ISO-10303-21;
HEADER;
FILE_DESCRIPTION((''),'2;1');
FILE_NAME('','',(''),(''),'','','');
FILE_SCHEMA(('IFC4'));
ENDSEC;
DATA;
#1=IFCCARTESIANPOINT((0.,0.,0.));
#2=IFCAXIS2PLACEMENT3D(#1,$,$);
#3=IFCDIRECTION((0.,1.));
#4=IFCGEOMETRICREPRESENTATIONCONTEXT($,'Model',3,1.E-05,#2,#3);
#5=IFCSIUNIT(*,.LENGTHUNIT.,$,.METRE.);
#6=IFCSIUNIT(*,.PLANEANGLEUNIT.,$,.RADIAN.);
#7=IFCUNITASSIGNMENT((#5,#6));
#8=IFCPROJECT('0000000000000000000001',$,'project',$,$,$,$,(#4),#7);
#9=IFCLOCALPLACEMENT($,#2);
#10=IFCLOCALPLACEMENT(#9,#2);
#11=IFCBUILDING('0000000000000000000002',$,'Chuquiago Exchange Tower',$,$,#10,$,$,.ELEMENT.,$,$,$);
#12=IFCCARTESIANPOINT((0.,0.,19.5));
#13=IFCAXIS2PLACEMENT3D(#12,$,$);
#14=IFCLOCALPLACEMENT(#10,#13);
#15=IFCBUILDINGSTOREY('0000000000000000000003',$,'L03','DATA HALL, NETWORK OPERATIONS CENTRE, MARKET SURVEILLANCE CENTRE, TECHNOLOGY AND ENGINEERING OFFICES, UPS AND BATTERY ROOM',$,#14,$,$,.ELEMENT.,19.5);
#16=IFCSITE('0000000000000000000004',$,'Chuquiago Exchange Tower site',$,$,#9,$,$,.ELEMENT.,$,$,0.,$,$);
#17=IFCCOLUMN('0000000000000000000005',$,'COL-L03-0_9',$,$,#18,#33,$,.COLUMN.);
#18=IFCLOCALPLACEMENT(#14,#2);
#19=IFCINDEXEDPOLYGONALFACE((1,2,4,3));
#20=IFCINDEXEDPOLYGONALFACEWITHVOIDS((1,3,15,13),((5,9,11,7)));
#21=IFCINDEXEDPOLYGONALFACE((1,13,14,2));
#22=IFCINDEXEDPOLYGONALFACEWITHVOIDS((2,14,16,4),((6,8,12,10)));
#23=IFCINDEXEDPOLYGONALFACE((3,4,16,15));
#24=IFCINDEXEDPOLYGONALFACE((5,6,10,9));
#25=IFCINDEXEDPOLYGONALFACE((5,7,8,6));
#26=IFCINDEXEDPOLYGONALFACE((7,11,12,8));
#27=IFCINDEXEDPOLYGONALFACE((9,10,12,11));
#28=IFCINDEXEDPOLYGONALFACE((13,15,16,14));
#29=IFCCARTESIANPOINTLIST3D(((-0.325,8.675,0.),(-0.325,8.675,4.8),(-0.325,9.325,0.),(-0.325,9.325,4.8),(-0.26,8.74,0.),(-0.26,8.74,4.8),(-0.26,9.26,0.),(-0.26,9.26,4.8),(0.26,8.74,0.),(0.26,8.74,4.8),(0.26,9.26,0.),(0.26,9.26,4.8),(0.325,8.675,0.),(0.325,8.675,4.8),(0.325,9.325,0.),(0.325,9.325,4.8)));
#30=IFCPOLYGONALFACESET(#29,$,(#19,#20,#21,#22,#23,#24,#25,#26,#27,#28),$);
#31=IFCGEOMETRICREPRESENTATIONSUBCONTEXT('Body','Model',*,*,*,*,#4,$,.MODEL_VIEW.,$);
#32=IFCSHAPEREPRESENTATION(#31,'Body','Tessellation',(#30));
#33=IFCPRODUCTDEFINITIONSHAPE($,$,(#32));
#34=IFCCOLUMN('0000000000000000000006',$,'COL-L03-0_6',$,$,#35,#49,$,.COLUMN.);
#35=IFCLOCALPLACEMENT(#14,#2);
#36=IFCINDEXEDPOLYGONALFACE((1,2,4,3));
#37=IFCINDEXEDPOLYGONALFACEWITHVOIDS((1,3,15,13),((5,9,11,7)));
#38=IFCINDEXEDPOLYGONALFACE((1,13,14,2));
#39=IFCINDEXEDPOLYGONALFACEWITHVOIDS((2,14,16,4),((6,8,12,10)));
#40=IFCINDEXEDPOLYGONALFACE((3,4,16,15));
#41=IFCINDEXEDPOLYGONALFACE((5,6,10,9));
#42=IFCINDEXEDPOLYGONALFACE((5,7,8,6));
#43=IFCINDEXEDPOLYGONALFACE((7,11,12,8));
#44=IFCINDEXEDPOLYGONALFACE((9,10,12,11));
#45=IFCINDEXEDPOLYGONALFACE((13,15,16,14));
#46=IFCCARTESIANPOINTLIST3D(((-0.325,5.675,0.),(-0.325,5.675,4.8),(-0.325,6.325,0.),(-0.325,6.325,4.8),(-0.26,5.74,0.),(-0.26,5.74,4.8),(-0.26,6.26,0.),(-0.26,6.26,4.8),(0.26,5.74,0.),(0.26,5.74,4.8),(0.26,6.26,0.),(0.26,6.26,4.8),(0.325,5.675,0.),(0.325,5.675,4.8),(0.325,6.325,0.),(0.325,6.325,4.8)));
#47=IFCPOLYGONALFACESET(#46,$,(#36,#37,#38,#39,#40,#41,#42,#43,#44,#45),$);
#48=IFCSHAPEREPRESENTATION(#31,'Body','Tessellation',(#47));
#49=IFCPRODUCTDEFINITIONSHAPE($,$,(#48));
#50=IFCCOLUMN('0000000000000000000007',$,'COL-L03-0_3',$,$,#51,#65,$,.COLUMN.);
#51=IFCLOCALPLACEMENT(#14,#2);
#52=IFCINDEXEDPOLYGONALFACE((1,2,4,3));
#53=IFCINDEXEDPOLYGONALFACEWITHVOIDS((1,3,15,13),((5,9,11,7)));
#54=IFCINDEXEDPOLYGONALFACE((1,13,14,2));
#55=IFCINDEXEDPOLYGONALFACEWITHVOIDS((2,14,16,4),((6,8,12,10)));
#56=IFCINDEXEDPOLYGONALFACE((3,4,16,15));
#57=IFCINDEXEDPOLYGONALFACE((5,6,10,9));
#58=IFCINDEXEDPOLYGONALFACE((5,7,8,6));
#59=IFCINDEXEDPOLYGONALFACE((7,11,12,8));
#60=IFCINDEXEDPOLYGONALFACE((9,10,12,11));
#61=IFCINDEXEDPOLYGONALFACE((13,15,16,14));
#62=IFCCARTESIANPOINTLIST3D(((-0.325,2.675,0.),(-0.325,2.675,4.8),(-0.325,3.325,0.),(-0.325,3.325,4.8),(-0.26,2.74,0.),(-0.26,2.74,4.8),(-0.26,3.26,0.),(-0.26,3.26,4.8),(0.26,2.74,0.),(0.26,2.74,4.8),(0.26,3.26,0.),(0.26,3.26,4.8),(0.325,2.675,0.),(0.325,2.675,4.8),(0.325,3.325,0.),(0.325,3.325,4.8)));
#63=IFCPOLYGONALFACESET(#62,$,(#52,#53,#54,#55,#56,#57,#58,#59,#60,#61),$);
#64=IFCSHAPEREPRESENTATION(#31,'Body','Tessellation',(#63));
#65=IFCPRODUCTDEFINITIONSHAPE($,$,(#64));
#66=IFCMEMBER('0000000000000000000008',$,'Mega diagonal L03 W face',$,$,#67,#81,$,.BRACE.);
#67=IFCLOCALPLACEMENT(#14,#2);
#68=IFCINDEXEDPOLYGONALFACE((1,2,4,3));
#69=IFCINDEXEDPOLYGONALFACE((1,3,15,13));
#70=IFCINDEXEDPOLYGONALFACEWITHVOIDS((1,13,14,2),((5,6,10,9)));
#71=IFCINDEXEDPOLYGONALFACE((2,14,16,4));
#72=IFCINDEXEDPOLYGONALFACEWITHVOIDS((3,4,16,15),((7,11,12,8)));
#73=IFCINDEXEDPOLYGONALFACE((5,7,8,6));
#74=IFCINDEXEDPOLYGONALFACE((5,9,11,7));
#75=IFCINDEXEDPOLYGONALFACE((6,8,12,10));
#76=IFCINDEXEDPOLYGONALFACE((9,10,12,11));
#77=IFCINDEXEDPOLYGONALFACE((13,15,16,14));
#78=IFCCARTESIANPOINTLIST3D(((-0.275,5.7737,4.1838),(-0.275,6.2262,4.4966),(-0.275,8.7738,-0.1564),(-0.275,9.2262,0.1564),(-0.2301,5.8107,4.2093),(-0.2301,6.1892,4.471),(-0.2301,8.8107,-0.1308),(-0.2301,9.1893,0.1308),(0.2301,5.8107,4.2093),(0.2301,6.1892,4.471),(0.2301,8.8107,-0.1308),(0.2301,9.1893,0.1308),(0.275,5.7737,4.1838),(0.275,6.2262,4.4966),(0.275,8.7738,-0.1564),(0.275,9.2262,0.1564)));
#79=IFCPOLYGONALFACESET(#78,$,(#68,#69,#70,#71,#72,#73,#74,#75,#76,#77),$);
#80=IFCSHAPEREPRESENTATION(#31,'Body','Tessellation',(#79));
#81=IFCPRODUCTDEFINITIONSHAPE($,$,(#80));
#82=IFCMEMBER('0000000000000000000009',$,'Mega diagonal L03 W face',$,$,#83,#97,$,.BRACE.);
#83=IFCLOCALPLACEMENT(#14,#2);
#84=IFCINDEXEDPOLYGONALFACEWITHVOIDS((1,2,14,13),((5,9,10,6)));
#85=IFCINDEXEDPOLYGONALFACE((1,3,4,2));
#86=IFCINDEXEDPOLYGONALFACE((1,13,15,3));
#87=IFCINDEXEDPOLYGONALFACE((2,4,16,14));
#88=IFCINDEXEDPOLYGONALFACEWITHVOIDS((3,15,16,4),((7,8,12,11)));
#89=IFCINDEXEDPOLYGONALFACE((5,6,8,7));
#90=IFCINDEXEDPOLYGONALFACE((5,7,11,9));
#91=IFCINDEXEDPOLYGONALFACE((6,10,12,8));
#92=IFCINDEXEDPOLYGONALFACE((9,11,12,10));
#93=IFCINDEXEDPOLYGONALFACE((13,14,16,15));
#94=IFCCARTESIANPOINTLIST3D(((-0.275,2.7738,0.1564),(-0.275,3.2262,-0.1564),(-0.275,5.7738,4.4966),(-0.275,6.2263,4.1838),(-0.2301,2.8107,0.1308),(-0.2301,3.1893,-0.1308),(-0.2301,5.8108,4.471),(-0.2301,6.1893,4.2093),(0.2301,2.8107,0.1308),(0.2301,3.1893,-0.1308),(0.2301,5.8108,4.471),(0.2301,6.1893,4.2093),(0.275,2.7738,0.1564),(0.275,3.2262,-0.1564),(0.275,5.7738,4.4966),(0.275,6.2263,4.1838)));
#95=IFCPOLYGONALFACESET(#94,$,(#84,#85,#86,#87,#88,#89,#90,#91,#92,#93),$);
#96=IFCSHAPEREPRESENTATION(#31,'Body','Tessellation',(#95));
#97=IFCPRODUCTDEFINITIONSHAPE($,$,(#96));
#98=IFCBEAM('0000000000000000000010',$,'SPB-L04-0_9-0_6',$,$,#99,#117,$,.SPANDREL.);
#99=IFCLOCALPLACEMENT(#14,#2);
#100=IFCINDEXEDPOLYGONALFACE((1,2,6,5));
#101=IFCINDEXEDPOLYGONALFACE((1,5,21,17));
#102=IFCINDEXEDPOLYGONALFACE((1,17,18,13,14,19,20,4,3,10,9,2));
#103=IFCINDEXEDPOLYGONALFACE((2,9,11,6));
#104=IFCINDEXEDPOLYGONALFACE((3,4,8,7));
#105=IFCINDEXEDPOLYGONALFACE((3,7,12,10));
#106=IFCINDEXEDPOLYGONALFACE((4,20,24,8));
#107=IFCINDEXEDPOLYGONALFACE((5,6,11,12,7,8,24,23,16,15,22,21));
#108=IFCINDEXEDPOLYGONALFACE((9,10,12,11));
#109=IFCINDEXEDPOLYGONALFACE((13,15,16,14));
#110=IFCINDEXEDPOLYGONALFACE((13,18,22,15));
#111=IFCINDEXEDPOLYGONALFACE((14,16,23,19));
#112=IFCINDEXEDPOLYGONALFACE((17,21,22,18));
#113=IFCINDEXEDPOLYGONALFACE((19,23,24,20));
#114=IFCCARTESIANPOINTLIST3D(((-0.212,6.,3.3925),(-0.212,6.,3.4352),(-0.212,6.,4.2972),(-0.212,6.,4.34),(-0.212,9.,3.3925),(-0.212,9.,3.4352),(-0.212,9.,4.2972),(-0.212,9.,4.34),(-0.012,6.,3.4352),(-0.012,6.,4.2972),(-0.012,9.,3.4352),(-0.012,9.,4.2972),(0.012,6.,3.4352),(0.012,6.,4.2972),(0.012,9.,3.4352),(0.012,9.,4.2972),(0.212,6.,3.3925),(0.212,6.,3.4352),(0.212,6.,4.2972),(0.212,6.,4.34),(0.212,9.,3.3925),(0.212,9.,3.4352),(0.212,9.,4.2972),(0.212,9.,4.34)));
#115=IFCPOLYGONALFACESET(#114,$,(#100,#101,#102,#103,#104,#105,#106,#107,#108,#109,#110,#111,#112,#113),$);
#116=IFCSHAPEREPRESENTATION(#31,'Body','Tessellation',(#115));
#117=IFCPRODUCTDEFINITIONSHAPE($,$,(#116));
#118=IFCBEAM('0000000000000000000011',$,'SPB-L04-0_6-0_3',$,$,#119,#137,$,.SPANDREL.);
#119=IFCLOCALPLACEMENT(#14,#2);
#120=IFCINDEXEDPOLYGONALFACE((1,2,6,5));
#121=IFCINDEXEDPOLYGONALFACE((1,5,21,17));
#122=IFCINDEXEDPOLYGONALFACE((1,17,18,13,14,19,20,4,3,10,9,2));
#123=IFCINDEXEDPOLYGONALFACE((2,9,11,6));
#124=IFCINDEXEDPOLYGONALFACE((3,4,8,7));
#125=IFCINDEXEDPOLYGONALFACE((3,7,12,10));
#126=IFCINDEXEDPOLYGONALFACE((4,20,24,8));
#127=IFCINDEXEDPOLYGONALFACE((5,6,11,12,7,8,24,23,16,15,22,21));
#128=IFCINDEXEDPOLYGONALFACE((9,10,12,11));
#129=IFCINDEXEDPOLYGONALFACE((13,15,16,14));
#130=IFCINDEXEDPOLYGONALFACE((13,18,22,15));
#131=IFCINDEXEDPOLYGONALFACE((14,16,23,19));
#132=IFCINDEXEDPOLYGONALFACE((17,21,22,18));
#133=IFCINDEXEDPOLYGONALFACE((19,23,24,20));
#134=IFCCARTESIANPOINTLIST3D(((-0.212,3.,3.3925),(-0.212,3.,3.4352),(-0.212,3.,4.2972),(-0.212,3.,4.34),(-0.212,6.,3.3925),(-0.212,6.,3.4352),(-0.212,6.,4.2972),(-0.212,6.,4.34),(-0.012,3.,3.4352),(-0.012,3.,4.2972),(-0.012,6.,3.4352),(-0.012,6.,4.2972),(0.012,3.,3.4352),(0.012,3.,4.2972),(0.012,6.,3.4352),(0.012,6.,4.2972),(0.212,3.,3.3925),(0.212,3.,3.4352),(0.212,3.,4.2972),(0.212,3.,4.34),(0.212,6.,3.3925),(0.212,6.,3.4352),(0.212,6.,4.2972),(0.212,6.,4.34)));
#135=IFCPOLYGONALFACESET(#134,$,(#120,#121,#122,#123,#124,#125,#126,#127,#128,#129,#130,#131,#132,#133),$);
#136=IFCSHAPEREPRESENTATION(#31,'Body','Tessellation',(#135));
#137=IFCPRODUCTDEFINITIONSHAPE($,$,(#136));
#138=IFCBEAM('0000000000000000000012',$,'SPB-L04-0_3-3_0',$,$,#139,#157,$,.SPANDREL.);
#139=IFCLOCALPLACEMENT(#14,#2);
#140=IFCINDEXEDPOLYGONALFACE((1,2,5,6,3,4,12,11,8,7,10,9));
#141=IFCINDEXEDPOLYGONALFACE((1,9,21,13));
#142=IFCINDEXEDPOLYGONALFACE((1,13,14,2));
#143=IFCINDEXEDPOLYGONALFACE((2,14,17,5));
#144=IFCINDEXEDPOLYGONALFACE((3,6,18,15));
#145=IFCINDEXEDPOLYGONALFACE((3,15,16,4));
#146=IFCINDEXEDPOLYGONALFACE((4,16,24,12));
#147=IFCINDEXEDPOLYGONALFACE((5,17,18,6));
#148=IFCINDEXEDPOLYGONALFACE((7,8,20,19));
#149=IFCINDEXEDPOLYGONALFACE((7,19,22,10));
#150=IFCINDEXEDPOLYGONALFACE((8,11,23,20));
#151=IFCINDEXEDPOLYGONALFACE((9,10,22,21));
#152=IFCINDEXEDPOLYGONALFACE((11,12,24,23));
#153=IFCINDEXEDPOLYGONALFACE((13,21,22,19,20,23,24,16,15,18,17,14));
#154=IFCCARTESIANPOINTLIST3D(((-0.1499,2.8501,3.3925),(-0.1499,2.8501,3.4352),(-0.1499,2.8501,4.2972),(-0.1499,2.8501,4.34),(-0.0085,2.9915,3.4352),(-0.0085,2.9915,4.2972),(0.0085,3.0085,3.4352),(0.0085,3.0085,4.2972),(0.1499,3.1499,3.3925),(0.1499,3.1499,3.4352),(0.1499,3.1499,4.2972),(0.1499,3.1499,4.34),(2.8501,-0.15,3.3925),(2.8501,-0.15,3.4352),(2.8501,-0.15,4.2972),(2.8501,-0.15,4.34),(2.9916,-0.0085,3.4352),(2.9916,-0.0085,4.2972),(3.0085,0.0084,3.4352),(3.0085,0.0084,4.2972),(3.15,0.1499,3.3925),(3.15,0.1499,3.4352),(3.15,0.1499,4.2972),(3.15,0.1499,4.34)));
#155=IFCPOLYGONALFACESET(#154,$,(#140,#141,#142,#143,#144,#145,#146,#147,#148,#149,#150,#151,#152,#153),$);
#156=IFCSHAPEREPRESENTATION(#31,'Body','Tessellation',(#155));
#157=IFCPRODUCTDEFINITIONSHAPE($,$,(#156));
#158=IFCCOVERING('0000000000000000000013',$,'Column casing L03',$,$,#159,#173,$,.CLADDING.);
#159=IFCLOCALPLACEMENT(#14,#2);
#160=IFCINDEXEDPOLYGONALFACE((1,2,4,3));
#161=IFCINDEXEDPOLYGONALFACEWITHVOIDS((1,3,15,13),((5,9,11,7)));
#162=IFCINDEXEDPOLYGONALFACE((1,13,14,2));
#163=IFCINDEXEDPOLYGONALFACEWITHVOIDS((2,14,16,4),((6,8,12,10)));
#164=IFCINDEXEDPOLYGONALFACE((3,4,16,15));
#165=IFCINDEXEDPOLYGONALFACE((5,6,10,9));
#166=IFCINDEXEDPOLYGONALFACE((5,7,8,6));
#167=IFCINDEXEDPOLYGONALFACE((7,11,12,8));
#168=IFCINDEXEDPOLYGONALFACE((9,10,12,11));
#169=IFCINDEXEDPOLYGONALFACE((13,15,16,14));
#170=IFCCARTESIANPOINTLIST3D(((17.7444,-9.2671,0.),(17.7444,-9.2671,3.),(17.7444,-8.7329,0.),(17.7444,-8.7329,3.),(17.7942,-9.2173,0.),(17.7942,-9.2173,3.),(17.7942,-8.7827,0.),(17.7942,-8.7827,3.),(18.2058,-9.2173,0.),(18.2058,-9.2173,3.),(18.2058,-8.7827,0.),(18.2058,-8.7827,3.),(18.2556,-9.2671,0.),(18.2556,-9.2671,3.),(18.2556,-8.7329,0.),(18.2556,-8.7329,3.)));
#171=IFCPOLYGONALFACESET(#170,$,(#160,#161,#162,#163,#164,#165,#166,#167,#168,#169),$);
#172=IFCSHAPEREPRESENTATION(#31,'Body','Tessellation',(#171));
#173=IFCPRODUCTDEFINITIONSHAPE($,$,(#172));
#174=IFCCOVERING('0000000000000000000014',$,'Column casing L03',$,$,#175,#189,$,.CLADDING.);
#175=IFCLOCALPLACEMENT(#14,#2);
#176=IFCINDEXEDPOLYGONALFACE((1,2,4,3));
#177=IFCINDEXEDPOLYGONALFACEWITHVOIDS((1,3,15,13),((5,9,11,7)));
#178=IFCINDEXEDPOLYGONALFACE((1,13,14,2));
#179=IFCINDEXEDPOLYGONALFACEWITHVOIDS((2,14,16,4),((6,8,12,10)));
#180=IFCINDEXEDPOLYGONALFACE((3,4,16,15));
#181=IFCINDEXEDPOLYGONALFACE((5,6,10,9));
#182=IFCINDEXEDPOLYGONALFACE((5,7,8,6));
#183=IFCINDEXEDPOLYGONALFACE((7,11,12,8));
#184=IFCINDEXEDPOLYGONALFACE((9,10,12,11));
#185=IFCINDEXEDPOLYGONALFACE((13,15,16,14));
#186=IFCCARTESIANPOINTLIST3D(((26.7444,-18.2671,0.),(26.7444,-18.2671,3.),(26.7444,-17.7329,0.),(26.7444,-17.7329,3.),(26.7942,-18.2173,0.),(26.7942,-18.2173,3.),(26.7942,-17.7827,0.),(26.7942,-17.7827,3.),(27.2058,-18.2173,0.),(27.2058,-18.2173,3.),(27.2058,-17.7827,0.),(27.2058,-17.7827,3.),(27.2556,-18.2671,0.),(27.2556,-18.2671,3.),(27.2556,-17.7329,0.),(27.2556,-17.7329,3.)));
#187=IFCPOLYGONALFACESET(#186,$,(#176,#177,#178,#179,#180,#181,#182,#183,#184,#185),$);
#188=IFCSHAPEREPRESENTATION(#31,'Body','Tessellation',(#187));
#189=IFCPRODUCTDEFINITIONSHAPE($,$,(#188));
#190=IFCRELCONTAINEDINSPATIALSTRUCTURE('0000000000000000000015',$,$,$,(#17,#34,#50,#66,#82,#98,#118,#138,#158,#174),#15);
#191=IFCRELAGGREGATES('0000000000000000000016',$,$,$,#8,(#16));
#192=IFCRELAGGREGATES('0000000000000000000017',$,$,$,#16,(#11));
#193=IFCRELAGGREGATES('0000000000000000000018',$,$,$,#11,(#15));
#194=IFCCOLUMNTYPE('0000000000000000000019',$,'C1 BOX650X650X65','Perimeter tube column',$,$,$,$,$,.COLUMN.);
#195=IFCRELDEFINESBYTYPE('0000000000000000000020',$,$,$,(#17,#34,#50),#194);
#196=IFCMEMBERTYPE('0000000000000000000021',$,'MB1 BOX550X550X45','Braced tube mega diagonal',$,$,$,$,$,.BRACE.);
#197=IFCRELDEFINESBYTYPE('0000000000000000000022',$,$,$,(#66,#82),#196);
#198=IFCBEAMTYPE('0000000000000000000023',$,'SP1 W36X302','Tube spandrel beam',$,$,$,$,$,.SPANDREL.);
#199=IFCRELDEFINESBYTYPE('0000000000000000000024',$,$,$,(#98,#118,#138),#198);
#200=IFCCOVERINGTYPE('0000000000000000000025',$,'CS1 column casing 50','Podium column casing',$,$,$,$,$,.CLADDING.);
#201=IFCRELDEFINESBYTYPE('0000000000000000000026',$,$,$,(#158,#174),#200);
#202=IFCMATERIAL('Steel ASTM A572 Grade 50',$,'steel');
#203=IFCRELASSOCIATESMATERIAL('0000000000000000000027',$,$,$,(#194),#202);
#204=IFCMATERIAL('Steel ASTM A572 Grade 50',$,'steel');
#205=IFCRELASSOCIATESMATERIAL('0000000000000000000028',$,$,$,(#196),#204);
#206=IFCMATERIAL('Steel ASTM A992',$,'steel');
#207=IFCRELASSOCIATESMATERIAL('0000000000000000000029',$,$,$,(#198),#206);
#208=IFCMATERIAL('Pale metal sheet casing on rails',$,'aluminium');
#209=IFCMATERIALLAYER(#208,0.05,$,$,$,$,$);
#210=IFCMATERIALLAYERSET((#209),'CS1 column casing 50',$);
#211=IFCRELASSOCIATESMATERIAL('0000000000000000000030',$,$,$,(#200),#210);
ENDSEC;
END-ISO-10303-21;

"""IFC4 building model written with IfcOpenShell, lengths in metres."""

from ifc_helpers import new_model, si_unit, direction, frame, origin, origin_2d, place, context, subcontext, project, spatial, polyline, hollow_rectangle, i_section, outline, extrude, material, layer, layer_set, material_profile, profile_set, type_object, element, save


model = new_model("IFC4")

# Units and contexts
model_context = context("Model", 3, precision=1e-05, world=origin(), true_north=direction((0.0, 1.0)))
body_context = subcontext(model_context, "Body", "Model", "MODEL_VIEW")
ifc_project = project(units=[si_unit("LENGTHUNIT", "METRE"), si_unit("PLANEANGLEUNIT", "RADIAN")], contexts=[model_context])

# Site, building, storey
site_placement = place(None, origin())
site = spatial("IfcSite", under=ifc_project, at=site_placement, Name="Chuquiago Exchange Tower site", CompositionType="ELEMENT", RefElevation=0.0)
building_placement = place(site_placement, origin())
building = spatial("IfcBuilding", under=site, at=building_placement, Name="Chuquiago Exchange Tower", CompositionType="ELEMENT")
storey_placement = place(building_placement, frame((0.0, 0.0, 19.5)))
storey = spatial("IfcBuildingStorey", under=building, at=storey_placement, Name="L03", Description="DATA HALL, NETWORK OPERATIONS CENTRE, MARKET SURVEILLANCE CENTRE, TECHNOLOGY AND ENGINEERING OFFICES, UPS AND BATTERY ROOM", CompositionType="ELEMENT", Elevation=19.5)

# Columns
ifc_material_1 = material(Name="Steel ASTM A572 Grade 50", Category="steel")
ifc_material_profile_1 = material_profile(ifc_material_1, hollow_rectangle(XDim=0.6499, YDim=0.6499, WallThickness=0.0649, at=origin_2d()), Name="BOX650X650X65")
ifc_profile_set_1 = profile_set([ifc_material_profile_1], Name="Steel ASTM A572 Grade 50")
column_type = type_object("IfcColumnType", Name="C1 BOX650X650X65", Description="Perimeter tube column", PredefinedType="COLUMN", material=ifc_profile_set_1)
for number, where, z_axis, x_axis, name in (
    (1, (0.0, 9.0, 0.0), (0.0, 0.0, 1.0), (-1.0, 0.0, 0.0), "COL-L03-0_9"),
    (2, (0.0, 6.0, 0.0), (0.0, 0.0, 1.0), (-1.0, 0.0, 0.0), "COL-L03-0_6"),
    (3, (0.0, 3.0, 0.0), (0.0, 0.0, 1.0), (-1.0, 0.0, 0.0), "COL-L03-0_3"),
):
    element("IfcColumn", number, at=place(storey_placement, frame(where, z_axis=z_axis, x_axis=x_axis)), inside=storey, type_object=column_type, Name=name, PredefinedType="COLUMN", context=body_context, shape_type="SweptSolid", body=[
        extrude(hollow_rectangle(XDim=0.6499, YDim=0.6499, WallThickness=0.0649, at=origin_2d()), origin(), (0.0, 0.0, 1.0), 4.8),
    ])

# Members
ifc_material_2 = material(Name="Steel ASTM A572 Grade 50", Category="steel")
ifc_material_profile_2 = material_profile(ifc_material_2, hollow_rectangle(XDim=0.55, YDim=0.55, WallThickness=0.0449, at=origin_2d()), Name="BOX550X550X45")
ifc_profile_set_2 = profile_set([ifc_material_profile_2], Name="Steel ASTM A572 Grade 50")
member_type = type_object("IfcMemberType", Name="MB1 BOX550X550X45", Description="Braced tube mega diagonal", PredefinedType="BRACE", material=ifc_profile_set_2)
for number, where, z_axis, x_axis, name in (
    (4, (0.0, 9.0, 0.0), (0.0, -0.568611, 0.822607), (1.0, 0.0, 0.0), "Mega diagonal L03 W face"),
    (5, (0.0, 3.0, 0.0), (0.0, 0.568611, 0.822607), (-1.0, 0.0, 0.0), "Mega diagonal L03 W face"),
):
    element("IfcMember", number, at=place(storey_placement, frame(where, z_axis=z_axis, x_axis=x_axis)), inside=storey, type_object=member_type, Name=name, PredefinedType="BRACE", context=body_context, shape_type="SweptSolid", body=[
        extrude(hollow_rectangle(XDim=0.55, YDim=0.55, WallThickness=0.0449, at=origin_2d()), origin(), (0.0, 0.0, 1.0), 5.2761),
    ])

# Beams
ifc_material_3 = material(Name="Steel ASTM A992", Category="steel")
ifc_material_profile_3 = material_profile(ifc_material_3, i_section(OverallWidth=0.4241, OverallDepth=0.9475, WebThickness=0.0239, FlangeThickness=0.0427, at=origin_2d()), Name="W36X302")
ifc_profile_set_3 = profile_set([ifc_material_profile_3], Name="Steel ASTM A992")
beam_type = type_object("IfcBeamType", Name="SP1 W36X302", Description="Tube spandrel beam", PredefinedType="SPANDREL", material=ifc_profile_set_3)
for number, where, z_axis, x_axis, name in (
    (6, (0.0, 9.0, 3.8662), (0.0, -1.0, 0.0), (1.0, 0.0, 0.0), "SPB-L04-0_9-0_6"),
    (7, (0.0, 6.0, 3.8662), (0.0, -1.0, 0.0), (1.0, 0.0, 0.0), "SPB-L04-0_6-0_3"),
):
    element("IfcBeam", number, at=place(storey_placement, frame(where, z_axis=z_axis, x_axis=x_axis)), inside=storey, type_object=beam_type, Name=name, PredefinedType="SPANDREL", context=body_context, shape_type="SweptSolid", body=[
        extrude(i_section(OverallWidth=0.4241, OverallDepth=0.9475, WebThickness=0.0239, FlangeThickness=0.0427, at=origin_2d()), origin(), (0.0, 0.0, 1.0), 3.0),
    ])
beam_placement = place(storey_placement, frame((0.0, 3.0, 3.8662), z_axis=(0.707107, -0.707107, 0.0), x_axis=(0.707107, 0.707107, 0.0)))
element("IfcBeam", 8, at=beam_placement, inside=storey, type_object=beam_type, Name="SPB-L04-0_3-3_0", PredefinedType="SPANDREL", context=body_context, shape_type="SweptSolid", body=[
    extrude(i_section(OverallWidth=0.4241, OverallDepth=0.9475, WebThickness=0.0239, FlangeThickness=0.0427, at=origin_2d()), origin(), (0.0, 0.0, 1.0), 4.2427),
])

# Coverings
ifc_material_4 = material(Name="Pale metal sheet casing on rails", Category="aluminium")
ifc_layer = layer(ifc_material_4, 0.05)
ifc_layer_set = layer_set([ifc_layer], Name="CS1 column casing 50")
covering_type = type_object("IfcCoveringType", Name="CS1 column casing 50", Description="Podium column casing", PredefinedType="CLADDING", material=ifc_layer_set)
covering_1_placement = place(storey_placement, origin())
element("IfcCovering", 9, at=covering_1_placement, inside=storey, type_object=covering_type, Name="Column casing L03", PredefinedType="CLADDING", context=body_context, shape_type="SweptSolid", body=[
    extrude(outline(polyline([(17.7444, -9.2671), (18.2556, -9.2671), (18.2556, -8.7329), (17.7444, -8.7329), (17.7444, -9.2671)]), holes=[polyline([(17.7942, -9.2173), (17.7942, -8.7827), (18.2058, -8.7827), (18.2058, -9.2173), (17.7942, -9.2173)])]), origin(), (0.0, 0.0, 1.0), 3.0),
])
covering_2_placement = place(storey_placement, origin())
element("IfcCovering", 10, at=covering_2_placement, inside=storey, type_object=covering_type, Name="Column casing L03", PredefinedType="CLADDING", context=body_context, shape_type="SweptSolid", body=[
    extrude(outline(polyline([(26.7444, -18.2671), (27.2556, -18.2671), (27.2556, -17.7329), (26.7444, -17.7329), (26.7444, -18.2671)]), holes=[polyline([(26.7942, -18.2173), (26.7942, -17.7827), (27.2058, -17.7827), (27.2058, -18.2173), (26.7942, -18.2173)])]), origin(), (0.0, 0.0, 1.0), 3.0),
])

save(model, "model.ifc")
